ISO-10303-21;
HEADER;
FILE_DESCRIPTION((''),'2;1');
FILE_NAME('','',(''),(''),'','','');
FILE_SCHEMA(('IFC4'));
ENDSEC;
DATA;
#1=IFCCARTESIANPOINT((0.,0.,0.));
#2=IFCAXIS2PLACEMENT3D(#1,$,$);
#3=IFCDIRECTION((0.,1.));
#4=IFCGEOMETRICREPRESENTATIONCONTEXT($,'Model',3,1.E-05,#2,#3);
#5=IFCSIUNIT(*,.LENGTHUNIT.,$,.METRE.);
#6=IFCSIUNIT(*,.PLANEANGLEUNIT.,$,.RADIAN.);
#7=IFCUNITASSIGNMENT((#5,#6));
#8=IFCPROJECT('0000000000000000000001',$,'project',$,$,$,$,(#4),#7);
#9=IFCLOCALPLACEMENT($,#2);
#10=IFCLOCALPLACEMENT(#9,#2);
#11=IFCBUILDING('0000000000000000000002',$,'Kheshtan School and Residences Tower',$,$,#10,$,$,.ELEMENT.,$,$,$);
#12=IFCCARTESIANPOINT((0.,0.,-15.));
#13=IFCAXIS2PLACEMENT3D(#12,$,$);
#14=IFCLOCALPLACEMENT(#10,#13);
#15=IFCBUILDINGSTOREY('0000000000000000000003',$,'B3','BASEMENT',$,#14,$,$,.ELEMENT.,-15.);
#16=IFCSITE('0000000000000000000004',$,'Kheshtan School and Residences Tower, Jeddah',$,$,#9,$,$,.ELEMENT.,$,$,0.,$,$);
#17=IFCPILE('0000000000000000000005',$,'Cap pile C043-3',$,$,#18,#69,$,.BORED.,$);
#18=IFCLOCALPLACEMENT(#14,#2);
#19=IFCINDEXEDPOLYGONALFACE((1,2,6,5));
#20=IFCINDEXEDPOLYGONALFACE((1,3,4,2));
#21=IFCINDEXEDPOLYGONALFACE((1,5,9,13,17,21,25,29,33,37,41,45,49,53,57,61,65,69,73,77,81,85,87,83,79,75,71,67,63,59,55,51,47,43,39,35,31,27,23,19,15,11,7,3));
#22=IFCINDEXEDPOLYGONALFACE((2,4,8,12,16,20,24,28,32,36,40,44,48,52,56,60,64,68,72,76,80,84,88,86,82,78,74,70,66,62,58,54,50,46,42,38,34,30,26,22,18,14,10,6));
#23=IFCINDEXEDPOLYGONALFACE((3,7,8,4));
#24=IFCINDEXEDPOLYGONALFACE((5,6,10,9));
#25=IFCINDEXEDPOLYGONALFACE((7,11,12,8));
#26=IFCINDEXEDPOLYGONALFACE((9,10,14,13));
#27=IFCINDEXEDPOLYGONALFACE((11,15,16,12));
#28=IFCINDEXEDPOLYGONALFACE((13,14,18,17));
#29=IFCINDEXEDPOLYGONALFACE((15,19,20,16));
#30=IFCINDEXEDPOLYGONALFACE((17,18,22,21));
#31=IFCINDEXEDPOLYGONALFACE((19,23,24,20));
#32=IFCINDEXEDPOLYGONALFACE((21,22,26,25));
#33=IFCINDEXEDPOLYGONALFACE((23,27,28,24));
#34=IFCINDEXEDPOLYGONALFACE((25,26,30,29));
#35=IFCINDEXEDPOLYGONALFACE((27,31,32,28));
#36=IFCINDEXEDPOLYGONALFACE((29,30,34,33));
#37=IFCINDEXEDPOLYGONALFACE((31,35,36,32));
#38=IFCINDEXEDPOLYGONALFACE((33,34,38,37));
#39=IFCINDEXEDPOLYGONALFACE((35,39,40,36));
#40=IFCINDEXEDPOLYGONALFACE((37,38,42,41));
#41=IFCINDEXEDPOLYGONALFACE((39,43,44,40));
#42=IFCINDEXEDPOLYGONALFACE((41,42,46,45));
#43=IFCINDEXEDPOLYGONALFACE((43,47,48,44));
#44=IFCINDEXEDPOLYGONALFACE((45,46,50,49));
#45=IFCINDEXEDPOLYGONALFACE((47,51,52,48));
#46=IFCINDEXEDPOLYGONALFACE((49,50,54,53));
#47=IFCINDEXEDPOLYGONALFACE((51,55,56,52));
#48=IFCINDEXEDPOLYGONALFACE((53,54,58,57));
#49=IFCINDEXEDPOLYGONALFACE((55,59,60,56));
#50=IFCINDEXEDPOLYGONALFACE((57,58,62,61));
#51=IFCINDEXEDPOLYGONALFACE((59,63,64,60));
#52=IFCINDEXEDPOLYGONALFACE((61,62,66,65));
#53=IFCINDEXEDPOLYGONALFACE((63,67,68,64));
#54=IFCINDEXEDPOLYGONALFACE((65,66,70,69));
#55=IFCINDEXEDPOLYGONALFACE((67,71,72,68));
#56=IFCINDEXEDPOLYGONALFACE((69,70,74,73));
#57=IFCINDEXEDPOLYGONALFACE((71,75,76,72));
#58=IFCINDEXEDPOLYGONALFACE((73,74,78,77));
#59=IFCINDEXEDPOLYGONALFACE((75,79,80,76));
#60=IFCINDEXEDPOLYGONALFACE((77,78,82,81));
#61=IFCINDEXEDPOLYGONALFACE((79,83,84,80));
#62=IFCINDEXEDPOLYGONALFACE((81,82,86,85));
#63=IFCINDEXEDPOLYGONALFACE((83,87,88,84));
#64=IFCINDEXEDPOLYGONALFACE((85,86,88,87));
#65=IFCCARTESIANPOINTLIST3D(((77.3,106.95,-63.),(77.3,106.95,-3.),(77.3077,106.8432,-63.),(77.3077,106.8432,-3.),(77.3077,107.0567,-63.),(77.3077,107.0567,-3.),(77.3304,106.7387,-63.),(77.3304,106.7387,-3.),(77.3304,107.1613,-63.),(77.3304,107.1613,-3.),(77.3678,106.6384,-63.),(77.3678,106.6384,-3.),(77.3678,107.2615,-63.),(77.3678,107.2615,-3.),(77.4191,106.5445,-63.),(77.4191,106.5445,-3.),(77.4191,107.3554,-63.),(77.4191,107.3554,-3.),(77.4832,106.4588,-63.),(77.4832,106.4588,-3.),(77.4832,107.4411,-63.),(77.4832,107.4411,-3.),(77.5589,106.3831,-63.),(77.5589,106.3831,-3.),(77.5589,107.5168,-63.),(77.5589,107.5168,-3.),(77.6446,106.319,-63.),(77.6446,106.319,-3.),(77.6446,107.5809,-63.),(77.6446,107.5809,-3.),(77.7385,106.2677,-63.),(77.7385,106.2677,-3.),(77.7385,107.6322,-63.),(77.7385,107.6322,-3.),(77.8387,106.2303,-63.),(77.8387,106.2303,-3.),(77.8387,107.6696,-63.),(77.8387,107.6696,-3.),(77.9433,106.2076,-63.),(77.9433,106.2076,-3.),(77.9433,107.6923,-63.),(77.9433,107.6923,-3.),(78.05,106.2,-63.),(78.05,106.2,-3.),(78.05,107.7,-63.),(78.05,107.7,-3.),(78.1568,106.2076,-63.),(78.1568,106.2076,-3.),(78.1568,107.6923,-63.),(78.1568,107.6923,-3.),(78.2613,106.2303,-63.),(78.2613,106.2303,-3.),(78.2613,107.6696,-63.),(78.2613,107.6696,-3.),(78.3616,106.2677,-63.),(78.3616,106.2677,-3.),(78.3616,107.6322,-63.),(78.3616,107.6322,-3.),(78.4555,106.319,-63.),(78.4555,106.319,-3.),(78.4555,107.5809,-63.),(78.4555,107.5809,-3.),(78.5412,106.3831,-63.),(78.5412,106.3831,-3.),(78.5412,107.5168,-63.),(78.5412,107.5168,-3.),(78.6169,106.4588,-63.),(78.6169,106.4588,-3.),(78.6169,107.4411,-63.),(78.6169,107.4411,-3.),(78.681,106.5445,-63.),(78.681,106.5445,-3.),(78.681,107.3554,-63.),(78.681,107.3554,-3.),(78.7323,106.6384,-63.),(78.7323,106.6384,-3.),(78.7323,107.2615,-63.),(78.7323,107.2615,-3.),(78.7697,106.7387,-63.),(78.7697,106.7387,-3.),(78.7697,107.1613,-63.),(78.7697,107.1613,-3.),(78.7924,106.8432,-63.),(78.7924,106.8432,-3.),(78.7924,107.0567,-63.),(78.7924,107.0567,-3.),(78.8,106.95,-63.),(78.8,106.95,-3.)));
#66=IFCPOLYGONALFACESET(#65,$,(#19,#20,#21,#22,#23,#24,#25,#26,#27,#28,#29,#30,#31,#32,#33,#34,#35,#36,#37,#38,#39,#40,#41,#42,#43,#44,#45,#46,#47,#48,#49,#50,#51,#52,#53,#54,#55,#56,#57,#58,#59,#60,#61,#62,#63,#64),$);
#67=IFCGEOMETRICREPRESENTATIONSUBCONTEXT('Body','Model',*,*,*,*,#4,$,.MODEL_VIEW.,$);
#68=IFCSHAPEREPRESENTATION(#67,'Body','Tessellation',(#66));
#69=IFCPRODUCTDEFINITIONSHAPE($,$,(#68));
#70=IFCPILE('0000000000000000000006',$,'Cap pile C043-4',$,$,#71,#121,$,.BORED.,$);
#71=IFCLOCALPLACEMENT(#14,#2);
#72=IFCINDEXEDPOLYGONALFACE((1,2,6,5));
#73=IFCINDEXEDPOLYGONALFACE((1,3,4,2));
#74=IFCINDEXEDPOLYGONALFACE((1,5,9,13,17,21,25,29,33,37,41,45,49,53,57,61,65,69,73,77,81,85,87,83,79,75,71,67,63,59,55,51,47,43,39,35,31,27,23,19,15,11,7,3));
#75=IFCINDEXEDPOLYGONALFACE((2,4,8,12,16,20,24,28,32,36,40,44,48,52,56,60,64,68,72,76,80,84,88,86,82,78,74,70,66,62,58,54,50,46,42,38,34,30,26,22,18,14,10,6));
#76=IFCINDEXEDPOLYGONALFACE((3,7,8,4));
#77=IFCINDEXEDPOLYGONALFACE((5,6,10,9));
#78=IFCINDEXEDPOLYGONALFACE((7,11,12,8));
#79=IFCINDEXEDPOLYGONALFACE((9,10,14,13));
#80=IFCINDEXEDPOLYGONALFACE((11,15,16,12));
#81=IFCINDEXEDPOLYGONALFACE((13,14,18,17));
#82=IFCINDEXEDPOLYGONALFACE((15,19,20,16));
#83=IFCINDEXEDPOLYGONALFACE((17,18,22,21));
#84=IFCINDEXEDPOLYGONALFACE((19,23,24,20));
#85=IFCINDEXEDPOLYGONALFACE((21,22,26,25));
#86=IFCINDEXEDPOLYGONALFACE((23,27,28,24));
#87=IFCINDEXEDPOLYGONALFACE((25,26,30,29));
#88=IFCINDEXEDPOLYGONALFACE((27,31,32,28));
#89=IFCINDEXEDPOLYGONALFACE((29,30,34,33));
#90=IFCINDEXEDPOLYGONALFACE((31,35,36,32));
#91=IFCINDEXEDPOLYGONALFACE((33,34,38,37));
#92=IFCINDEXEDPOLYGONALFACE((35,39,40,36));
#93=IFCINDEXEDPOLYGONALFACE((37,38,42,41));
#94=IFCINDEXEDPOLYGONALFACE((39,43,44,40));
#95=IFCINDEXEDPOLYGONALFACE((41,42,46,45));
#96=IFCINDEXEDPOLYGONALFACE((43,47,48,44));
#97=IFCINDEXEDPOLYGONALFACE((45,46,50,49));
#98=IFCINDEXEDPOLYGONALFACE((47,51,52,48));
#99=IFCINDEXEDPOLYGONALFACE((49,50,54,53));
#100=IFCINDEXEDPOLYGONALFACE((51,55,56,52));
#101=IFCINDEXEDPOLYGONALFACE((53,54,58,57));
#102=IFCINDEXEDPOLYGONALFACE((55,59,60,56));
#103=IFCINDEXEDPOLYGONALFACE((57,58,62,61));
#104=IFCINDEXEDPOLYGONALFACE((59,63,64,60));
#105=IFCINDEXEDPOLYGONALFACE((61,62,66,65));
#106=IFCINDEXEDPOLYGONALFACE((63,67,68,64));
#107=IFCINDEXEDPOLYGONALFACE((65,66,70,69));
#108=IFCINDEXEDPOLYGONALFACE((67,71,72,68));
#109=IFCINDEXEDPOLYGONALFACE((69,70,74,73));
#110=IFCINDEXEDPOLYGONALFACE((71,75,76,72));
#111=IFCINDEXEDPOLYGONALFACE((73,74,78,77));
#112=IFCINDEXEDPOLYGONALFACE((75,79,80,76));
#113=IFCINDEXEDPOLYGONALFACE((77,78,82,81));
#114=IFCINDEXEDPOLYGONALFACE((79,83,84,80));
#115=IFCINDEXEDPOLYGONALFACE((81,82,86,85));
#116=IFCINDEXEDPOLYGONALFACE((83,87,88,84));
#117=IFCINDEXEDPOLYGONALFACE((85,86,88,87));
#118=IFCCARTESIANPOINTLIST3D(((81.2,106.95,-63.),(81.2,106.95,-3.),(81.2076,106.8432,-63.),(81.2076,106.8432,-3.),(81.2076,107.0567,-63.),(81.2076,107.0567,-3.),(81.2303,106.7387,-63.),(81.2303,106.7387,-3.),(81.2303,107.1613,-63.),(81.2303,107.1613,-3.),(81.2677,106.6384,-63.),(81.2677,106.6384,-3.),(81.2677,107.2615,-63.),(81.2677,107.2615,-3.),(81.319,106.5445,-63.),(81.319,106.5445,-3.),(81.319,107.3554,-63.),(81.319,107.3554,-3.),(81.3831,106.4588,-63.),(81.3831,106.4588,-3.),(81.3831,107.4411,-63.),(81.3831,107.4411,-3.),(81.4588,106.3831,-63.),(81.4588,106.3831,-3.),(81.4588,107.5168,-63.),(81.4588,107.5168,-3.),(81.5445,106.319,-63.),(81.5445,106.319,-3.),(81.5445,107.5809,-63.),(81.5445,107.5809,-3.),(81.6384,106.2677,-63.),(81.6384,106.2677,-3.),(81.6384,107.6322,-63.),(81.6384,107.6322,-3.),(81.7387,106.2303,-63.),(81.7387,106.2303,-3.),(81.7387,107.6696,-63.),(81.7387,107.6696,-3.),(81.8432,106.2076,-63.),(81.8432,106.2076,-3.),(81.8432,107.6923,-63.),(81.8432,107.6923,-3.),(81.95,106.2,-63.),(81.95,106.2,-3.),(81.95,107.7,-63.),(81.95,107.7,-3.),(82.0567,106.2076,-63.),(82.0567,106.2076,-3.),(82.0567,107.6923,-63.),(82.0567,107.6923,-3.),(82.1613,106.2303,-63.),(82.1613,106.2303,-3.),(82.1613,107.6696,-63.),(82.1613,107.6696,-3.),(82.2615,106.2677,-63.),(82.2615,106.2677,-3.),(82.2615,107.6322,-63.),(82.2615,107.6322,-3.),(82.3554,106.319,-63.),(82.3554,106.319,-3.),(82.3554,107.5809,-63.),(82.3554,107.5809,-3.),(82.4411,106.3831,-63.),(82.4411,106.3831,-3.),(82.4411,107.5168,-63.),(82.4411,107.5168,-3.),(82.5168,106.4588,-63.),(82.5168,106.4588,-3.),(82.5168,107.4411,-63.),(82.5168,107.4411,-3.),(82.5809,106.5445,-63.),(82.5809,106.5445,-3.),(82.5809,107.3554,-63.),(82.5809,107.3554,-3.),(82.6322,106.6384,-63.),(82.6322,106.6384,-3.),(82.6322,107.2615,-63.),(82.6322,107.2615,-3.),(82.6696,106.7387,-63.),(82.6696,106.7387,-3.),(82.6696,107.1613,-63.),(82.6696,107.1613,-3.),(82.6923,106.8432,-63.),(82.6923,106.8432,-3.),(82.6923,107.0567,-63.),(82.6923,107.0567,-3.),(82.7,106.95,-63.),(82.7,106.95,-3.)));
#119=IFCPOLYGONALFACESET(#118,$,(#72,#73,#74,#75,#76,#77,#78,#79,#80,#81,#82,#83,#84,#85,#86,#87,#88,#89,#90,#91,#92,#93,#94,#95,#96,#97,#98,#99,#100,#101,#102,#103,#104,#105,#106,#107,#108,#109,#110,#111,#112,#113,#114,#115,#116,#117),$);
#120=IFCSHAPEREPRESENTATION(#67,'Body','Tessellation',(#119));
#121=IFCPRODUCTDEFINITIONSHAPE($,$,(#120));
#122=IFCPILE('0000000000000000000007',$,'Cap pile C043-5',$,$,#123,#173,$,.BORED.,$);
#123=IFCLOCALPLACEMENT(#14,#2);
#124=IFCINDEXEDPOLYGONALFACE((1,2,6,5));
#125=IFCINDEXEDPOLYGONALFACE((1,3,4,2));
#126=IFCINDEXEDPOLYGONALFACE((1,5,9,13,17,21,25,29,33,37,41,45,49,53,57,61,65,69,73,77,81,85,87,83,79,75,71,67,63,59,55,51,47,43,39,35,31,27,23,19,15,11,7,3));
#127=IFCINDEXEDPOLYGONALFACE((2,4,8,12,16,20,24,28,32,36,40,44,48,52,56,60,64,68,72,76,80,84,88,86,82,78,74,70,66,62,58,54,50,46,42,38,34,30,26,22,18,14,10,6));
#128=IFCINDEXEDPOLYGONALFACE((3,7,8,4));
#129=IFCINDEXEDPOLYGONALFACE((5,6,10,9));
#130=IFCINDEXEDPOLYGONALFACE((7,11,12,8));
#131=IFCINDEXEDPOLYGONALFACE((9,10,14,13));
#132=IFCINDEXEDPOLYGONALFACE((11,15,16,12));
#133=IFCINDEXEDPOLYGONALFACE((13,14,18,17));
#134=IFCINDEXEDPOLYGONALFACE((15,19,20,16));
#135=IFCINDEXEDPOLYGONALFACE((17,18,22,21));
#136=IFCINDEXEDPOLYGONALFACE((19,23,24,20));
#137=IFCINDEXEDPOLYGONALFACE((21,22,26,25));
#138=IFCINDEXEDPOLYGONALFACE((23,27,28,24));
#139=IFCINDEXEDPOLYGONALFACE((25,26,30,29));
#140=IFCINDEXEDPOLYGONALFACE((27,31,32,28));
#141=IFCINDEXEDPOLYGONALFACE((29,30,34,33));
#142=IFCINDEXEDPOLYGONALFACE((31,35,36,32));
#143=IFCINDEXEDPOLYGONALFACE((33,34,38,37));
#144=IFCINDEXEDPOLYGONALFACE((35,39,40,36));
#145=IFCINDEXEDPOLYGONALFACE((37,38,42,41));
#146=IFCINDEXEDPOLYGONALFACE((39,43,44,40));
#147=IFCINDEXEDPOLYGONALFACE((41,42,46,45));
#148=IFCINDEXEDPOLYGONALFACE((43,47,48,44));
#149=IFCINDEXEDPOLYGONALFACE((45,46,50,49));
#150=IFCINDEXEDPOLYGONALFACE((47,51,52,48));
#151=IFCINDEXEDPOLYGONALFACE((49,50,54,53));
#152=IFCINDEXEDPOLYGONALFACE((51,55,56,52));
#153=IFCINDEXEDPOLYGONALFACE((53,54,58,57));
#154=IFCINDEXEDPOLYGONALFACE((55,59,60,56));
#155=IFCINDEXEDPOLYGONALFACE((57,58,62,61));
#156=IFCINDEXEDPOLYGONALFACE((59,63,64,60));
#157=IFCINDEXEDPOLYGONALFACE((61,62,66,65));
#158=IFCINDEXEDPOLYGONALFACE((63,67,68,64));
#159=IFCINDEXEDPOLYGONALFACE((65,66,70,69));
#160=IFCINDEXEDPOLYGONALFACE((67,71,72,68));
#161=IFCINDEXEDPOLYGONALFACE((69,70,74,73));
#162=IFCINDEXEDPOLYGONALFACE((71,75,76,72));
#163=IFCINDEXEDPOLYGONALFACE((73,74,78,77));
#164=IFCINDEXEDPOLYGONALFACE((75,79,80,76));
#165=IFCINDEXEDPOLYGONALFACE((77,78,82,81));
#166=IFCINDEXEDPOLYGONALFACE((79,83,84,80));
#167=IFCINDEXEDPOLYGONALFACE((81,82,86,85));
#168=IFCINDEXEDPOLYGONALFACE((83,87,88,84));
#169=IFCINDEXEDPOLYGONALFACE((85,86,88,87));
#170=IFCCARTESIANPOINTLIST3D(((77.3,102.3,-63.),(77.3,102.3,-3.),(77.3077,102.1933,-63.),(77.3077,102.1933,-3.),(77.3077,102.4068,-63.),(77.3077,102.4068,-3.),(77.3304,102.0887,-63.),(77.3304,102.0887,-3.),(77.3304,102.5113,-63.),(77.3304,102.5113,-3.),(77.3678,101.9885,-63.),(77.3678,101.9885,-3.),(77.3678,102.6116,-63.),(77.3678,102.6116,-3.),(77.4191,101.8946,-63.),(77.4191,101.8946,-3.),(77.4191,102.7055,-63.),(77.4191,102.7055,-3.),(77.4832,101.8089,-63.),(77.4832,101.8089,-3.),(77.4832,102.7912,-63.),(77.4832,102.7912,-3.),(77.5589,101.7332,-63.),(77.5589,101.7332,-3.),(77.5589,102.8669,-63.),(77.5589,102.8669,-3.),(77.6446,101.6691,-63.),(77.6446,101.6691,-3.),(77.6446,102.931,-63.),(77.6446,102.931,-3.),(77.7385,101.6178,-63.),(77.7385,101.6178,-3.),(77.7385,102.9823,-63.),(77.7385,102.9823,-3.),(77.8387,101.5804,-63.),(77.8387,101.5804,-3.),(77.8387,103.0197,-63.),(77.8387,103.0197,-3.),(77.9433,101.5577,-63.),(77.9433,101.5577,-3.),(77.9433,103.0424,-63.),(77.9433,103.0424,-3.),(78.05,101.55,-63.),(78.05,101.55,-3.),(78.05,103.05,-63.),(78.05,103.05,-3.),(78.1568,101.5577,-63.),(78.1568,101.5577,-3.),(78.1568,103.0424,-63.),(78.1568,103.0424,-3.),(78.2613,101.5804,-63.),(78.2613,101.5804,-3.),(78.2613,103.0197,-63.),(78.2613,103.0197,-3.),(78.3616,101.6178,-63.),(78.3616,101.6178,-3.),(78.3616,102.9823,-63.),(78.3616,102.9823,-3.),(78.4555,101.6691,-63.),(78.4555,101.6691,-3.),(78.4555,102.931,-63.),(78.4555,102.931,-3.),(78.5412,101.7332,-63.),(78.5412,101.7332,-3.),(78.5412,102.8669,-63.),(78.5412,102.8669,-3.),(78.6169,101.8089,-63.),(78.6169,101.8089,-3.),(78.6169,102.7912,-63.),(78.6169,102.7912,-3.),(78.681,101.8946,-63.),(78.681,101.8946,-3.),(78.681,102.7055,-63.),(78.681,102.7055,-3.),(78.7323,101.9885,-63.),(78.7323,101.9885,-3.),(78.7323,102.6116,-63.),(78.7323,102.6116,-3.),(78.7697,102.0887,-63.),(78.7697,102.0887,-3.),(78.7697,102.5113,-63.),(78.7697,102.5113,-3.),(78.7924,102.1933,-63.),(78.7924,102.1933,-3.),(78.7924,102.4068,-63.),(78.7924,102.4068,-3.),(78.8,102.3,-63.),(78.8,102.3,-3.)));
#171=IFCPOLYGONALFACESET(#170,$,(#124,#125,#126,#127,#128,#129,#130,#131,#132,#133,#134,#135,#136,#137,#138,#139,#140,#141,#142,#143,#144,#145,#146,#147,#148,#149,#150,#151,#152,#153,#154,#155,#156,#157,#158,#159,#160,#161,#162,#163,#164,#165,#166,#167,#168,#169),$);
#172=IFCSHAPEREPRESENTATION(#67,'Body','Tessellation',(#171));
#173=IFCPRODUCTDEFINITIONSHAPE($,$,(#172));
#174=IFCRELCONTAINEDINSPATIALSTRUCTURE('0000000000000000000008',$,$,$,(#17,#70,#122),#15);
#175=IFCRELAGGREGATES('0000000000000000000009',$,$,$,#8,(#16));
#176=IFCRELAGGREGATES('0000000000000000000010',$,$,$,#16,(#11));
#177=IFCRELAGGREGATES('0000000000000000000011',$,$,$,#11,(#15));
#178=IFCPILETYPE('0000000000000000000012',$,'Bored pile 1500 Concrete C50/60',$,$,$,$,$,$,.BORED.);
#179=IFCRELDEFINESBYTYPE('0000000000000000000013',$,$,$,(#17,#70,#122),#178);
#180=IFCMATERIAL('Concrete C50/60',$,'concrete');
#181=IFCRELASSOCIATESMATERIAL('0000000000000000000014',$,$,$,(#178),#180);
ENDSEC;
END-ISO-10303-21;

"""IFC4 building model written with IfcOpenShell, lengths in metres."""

from ifc_helpers import new_model, si_unit, direction, frame, origin, origin_2d, place, context, subcontext, project, spatial, circle, extrude, material, material_profile, profile_set, type_object, element, save


model = new_model("IFC4")

# Units and contexts
model_context = context("Model", 3, precision=1e-05, world=origin(), true_north=direction((0.0, 1.0)))
body_context = subcontext(model_context, "Body", "Model", "MODEL_VIEW")
ifc_project = project(units=[si_unit("LENGTHUNIT", "METRE"), si_unit("PLANEANGLEUNIT", "RADIAN")], contexts=[model_context])

# Site, building, storey
site_placement = place(None, origin())
site = spatial("IfcSite", under=ifc_project, at=site_placement, Name="Kheshtan School and Residences Tower, Jeddah", CompositionType="ELEMENT", RefElevation=0.0)
building_placement = place(site_placement, origin())
building = spatial("IfcBuilding", under=site, at=building_placement, Name="Kheshtan School and Residences Tower", CompositionType="ELEMENT")
storey_placement = place(building_placement, frame((0.0, 0.0, -15.0)))
storey = spatial("IfcBuildingStorey", under=building, at=storey_placement, Name="B3", Description="BASEMENT", CompositionType="ELEMENT", Elevation=-15.0)

# Piles
ifc_material_1 = material(Name="Concrete C50/60", Category="concrete")
ifc_material_profile_1 = material_profile(ifc_material_1, circle(Radius=0.75, at=origin_2d()), Name="BP 1500")
ifc_profile_set_1 = profile_set([ifc_material_profile_1], Name="Concrete C50/60")
pile_type = type_object("IfcPileType", Name="Bored pile 1500 Concrete C50/60", PredefinedType="BORED", material=ifc_profile_set_1)
for number, where, z_axis, x_axis, name in (
    (1, (78.05, 106.95, -3.0), (0.0, 0.0, -1.0), (1.0, 0.0, 0.0), "Cap pile C043-3"),
    (2, (81.95, 106.95, -3.0), (0.0, 0.0, -1.0), (1.0, 0.0, 0.0), "Cap pile C043-4"),
    (3, (78.05, 102.3, -3.0), (0.0, 0.0, -1.0), (1.0, 0.0, 0.0), "Cap pile C043-5"),
):
    element("IfcPile", number, at=place(storey_placement, frame(where, z_axis=z_axis, x_axis=x_axis)), inside=storey, type_object=pile_type, Name=name, PredefinedType="BORED", context=body_context, shape_type="SweptSolid", body=[
        extrude(circle(Radius=0.75, at=origin_2d()), origin(), (0.0, 0.0, 1.0), 60.0),
    ])

save(model, "model.ifc")
